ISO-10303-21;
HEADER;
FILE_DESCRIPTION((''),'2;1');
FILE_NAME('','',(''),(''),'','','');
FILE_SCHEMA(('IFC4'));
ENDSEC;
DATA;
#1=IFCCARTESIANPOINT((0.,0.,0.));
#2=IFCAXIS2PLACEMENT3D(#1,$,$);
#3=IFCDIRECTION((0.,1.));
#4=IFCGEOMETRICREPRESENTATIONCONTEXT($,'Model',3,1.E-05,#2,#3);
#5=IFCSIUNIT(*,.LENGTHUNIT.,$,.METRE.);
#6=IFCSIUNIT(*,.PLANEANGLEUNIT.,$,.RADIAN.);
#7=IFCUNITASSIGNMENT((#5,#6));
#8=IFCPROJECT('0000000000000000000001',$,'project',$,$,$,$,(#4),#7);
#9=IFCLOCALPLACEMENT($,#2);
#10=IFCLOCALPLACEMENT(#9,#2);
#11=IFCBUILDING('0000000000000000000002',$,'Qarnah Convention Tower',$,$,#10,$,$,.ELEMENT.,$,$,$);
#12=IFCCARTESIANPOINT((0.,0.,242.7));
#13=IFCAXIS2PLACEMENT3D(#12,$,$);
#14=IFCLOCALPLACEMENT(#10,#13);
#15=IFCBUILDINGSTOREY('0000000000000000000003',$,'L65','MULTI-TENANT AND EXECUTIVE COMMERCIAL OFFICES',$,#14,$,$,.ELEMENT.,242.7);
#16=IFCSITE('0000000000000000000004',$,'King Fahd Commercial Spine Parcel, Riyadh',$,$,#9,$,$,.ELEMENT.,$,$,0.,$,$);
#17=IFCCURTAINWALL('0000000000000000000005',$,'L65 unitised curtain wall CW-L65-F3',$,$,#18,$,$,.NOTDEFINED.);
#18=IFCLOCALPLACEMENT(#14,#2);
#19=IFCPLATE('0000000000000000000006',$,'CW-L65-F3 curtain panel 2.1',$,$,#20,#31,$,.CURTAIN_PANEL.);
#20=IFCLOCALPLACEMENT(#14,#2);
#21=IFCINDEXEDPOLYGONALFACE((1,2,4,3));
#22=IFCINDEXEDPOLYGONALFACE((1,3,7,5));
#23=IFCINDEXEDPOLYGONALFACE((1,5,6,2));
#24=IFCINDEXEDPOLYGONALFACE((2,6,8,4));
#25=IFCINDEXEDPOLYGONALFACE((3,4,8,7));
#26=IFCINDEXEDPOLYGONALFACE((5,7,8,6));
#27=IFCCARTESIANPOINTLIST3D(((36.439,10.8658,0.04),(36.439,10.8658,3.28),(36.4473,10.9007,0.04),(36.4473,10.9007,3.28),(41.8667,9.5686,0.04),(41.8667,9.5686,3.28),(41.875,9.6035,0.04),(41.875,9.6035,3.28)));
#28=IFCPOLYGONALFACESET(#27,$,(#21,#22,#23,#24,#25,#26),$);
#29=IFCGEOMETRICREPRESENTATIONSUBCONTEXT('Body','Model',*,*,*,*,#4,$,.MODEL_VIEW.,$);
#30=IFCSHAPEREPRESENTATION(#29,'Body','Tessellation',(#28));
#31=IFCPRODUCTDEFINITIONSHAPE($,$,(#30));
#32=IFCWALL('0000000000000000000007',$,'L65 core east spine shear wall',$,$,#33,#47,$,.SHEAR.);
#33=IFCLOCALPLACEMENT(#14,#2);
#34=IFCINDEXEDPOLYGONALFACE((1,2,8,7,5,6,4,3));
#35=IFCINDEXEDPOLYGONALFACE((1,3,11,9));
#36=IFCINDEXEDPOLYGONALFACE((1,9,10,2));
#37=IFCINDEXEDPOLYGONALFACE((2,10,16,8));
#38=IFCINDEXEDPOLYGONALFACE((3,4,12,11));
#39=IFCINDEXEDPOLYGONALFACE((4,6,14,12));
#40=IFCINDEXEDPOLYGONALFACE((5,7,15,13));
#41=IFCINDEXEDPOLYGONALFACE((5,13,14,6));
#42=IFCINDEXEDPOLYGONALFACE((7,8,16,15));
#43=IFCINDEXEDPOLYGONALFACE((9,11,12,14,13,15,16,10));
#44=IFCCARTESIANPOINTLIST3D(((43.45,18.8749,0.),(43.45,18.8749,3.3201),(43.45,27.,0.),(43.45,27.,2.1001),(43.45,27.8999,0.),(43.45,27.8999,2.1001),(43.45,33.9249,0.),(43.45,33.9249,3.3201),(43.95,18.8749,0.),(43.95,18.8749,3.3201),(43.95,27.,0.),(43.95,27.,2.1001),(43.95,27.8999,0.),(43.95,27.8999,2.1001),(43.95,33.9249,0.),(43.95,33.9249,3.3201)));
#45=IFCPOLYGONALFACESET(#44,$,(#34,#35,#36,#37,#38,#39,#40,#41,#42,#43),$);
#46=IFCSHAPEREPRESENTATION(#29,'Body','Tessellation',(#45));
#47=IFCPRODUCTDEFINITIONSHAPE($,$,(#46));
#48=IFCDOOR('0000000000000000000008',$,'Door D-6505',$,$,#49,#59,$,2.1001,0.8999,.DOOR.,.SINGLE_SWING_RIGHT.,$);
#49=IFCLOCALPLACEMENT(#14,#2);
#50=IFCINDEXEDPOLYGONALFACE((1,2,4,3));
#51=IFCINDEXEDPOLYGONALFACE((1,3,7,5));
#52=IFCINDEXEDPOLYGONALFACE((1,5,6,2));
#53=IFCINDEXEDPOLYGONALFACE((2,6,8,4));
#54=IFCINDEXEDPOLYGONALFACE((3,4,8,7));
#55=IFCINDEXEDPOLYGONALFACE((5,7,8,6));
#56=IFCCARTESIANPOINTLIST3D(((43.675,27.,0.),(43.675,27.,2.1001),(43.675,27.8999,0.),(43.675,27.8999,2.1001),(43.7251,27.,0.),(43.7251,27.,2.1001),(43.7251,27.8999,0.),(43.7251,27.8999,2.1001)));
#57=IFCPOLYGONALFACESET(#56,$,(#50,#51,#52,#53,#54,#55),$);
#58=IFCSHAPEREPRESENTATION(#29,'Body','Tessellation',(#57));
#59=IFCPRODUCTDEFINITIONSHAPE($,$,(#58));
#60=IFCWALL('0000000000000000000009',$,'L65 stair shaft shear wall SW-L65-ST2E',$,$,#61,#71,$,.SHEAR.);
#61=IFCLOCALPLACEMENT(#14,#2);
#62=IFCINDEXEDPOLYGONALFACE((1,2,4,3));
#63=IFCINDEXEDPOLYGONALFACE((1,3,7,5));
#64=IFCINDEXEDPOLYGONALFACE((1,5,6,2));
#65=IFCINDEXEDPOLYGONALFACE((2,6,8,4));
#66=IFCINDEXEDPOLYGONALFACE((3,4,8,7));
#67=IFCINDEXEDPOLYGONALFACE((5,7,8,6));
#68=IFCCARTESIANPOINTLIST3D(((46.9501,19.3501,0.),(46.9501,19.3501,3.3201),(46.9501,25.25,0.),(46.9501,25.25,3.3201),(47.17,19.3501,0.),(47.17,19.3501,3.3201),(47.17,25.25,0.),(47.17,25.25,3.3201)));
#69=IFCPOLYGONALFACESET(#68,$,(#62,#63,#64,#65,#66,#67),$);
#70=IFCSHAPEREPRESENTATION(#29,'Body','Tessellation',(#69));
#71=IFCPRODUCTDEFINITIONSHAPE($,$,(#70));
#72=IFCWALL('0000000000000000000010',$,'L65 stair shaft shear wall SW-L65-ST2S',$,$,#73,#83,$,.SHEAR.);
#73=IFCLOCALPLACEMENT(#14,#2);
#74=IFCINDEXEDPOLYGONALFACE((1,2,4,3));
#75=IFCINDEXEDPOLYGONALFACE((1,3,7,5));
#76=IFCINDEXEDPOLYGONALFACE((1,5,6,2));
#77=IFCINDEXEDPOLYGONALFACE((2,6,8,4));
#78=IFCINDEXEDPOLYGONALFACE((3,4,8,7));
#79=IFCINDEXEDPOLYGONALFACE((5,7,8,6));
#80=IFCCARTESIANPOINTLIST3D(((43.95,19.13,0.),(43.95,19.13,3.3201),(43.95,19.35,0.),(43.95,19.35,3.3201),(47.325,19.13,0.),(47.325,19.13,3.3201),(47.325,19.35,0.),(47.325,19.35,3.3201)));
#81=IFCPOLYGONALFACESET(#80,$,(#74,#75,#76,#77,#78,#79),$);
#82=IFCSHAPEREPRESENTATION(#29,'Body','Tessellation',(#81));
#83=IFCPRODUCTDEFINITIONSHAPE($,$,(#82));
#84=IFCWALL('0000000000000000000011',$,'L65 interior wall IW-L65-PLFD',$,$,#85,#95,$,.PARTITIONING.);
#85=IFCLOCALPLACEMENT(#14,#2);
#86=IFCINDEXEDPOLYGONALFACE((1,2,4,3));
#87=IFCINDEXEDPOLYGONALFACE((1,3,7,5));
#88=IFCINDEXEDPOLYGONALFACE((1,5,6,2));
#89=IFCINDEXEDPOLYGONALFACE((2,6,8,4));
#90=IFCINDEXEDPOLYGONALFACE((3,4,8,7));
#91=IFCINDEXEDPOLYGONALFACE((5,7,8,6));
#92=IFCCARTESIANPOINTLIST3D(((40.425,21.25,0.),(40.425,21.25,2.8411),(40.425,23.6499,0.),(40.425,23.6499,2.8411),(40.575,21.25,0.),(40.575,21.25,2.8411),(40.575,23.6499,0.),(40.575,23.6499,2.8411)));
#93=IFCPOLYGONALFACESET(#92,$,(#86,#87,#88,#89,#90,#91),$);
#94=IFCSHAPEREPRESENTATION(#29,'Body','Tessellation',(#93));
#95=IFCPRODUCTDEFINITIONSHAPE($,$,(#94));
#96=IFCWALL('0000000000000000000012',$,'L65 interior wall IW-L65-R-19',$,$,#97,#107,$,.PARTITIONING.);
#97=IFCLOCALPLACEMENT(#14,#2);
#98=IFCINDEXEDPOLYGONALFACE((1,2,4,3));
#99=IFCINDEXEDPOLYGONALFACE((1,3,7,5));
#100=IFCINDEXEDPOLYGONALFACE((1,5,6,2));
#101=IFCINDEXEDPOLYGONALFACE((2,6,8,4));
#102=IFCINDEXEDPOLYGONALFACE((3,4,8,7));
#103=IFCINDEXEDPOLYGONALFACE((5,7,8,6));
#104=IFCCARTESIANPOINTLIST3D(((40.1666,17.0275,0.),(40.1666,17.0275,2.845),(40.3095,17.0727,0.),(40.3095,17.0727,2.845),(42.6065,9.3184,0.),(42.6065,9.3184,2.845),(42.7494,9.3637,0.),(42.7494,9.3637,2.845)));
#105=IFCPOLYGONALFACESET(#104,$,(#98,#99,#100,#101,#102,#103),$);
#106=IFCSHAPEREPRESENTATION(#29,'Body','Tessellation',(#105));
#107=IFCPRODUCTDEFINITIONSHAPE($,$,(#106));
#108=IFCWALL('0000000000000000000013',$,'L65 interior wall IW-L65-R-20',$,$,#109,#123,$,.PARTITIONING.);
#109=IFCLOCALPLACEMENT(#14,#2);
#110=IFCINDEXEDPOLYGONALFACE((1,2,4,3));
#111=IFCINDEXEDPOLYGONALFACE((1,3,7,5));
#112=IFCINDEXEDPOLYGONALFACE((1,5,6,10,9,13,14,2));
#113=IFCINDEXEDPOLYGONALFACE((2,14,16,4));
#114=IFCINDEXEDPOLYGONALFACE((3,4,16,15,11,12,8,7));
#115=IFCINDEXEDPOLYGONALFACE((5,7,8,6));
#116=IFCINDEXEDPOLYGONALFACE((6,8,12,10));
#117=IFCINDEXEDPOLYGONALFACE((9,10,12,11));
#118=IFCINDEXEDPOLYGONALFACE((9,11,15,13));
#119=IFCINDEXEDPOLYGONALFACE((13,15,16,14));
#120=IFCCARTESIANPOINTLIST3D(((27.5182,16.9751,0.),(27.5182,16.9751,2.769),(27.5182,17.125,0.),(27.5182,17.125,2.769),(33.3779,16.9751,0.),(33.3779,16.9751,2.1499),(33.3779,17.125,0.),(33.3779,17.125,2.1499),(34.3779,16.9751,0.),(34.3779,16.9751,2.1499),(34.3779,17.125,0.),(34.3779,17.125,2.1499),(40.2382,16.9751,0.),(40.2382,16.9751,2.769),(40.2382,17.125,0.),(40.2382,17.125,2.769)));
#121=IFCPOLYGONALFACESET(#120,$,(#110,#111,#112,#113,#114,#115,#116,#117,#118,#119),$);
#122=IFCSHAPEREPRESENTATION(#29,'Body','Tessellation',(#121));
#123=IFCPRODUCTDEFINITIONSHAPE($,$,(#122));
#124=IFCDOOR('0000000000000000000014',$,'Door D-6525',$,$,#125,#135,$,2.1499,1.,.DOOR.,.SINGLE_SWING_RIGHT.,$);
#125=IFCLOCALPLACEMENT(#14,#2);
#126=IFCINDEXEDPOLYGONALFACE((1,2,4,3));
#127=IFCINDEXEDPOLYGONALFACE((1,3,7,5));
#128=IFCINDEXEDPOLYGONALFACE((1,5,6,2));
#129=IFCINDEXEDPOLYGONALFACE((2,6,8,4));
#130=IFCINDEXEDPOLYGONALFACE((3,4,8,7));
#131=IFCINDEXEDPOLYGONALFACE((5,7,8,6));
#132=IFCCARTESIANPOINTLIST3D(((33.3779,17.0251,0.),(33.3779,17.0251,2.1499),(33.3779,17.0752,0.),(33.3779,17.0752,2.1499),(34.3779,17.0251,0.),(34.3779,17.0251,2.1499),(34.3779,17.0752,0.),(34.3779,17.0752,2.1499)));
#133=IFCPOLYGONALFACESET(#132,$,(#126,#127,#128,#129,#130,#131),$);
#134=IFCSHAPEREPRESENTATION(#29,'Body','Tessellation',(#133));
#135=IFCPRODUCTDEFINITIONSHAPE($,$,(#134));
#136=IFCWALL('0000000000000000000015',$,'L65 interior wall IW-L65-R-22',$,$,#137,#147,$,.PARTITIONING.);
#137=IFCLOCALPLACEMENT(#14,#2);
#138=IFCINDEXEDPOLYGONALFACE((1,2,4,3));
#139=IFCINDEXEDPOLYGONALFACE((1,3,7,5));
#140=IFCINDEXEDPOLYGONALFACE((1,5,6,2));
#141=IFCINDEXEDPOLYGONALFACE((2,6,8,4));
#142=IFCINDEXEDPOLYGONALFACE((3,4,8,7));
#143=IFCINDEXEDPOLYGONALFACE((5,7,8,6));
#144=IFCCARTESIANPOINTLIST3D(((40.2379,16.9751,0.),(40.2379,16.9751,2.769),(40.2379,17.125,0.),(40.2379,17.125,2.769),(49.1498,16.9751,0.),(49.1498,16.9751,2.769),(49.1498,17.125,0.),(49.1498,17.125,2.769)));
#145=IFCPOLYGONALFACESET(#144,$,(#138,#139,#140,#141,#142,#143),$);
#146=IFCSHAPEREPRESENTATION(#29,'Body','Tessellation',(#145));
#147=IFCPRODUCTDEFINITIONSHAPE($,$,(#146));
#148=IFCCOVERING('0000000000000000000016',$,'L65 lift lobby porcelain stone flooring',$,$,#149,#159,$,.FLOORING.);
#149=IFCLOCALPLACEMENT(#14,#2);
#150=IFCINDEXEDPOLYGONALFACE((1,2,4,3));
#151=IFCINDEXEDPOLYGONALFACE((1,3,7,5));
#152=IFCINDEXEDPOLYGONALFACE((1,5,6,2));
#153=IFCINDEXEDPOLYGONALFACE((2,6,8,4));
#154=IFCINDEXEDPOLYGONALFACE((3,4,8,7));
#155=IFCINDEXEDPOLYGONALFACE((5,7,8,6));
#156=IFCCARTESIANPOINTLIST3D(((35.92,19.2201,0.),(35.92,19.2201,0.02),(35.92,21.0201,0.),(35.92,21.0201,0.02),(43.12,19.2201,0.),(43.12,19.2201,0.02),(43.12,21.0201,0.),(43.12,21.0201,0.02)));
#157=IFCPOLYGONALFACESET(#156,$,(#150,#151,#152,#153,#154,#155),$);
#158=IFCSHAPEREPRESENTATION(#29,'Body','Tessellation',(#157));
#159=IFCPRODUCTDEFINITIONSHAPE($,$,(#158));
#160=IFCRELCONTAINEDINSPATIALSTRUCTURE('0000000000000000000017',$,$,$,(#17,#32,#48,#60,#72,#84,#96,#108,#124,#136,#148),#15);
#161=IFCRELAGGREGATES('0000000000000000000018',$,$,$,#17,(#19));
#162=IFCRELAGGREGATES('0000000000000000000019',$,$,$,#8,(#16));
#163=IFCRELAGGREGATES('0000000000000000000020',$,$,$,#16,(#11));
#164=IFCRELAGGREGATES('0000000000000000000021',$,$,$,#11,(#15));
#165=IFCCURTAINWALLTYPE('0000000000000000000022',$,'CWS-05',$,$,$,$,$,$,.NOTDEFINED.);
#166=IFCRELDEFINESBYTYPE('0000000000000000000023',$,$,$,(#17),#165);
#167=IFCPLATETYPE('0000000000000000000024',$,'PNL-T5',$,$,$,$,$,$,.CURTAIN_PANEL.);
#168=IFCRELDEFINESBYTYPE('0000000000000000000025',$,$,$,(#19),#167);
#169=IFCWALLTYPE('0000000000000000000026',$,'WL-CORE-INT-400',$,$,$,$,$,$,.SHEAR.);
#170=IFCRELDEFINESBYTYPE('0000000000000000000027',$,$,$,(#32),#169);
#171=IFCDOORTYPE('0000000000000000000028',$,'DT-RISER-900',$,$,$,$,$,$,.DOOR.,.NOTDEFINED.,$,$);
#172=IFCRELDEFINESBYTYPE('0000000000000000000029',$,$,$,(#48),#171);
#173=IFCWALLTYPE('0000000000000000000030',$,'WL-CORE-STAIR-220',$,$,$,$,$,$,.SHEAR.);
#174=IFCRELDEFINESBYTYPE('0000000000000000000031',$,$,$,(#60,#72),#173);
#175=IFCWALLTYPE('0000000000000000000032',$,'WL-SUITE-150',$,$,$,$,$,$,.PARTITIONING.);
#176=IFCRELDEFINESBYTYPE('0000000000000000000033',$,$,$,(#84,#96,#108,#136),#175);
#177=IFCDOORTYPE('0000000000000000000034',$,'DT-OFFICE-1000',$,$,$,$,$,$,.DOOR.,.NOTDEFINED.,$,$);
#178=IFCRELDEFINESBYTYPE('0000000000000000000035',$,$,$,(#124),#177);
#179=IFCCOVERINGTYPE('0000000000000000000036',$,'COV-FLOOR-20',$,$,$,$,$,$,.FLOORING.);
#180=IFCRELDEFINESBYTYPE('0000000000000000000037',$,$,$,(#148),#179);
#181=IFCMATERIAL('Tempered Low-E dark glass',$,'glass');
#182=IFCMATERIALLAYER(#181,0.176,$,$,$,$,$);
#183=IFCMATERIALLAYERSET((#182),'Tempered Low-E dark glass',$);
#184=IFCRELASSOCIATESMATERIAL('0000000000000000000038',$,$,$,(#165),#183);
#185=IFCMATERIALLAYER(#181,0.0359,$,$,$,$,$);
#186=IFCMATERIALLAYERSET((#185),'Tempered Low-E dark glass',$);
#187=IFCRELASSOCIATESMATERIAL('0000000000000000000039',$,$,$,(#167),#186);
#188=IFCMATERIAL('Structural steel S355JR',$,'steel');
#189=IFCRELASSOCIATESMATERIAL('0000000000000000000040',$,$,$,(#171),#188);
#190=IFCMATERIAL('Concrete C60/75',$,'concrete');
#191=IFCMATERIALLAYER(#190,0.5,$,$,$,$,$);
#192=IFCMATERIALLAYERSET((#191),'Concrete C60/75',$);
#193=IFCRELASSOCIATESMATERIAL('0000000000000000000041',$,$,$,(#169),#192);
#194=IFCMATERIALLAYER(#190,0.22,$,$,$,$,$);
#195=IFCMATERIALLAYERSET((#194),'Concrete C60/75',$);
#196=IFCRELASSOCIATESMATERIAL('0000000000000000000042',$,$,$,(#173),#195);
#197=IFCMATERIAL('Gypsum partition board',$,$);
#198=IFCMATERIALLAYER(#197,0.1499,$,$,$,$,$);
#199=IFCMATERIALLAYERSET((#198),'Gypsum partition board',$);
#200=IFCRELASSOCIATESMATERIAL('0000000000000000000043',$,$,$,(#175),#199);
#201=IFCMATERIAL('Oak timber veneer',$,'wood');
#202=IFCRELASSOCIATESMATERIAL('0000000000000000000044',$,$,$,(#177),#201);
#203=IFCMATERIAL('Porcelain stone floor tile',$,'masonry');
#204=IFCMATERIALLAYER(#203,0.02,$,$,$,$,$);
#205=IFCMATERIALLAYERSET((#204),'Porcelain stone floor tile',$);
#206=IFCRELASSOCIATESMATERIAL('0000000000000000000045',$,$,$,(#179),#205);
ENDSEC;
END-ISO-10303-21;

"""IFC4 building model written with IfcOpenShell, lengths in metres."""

from ifc_helpers import new_model, si_unit, direction, frame, frame_2d, origin, origin_2d, place, context, subcontext, project, spatial, rectangle, extrude, material, layer, layer_set, type_object, element, fill, aggregate, save


model = new_model("IFC4")

# Units and contexts
model_context = context("Model", 3, precision=1e-05, world=origin(), true_north=direction((0.0, 1.0)))
body_context = subcontext(model_context, "Body", "Model", "MODEL_VIEW")
ifc_project = project(units=[si_unit("LENGTHUNIT", "METRE"), si_unit("PLANEANGLEUNIT", "RADIAN")], contexts=[model_context])

# Site, building, storey
site_placement = place(None, origin())
site = spatial("IfcSite", under=ifc_project, at=site_placement, Name="King Fahd Commercial Spine Parcel, Riyadh", CompositionType="ELEMENT", RefElevation=0.0)
building_placement = place(site_placement, origin())
building = spatial("IfcBuilding", under=site, at=building_placement, Name="Qarnah Convention Tower", CompositionType="ELEMENT")
storey_placement = place(building_placement, frame((0.0, 0.0, 242.7)))
storey = spatial("IfcBuildingStorey", under=building, at=storey_placement, Name="L65", Description="MULTI-TENANT AND EXECUTIVE COMMERCIAL OFFICES", CompositionType="ELEMENT", Elevation=242.7)

# Shared definitions
ifc_material_1 = material(Name="Structural steel S355JR", Category="steel")

# Shared definitions
ifc_material_2 = material(Name="Tempered Low-E dark glass", Category="glass")
ifc_layer_1 = layer(ifc_material_2, 0.176)
ifc_layer_set_1 = layer_set([ifc_layer_1], Name="Tempered Low-E dark glass")
curtain_wall_type = type_object("IfcCurtainWallType", Name="CWS-05", PredefinedType="NOTDEFINED", material=ifc_layer_set_1)

# Curtain wall
curtain_wall_1_placement = place(storey_placement, origin())
curtain_wall_1 = element("IfcCurtainWall", 1, at=curtain_wall_1_placement, inside=storey, type_object=curtain_wall_type, Name="L65 unitised curtain wall CW-L65-F3", PredefinedType="NOTDEFINED")

# Plate
ifc_layer_2 = layer(ifc_material_2, 0.0359)
ifc_layer_set_2 = layer_set([ifc_layer_2], Name="Tempered Low-E dark glass")
plate_type = type_object("IfcPlateType", Name="PNL-T5", PredefinedType="CURTAIN_PANEL", material=ifc_layer_set_2)
plate_1_placement = place(storey_placement, frame((39.157, 10.2346, 0.04), z_axis=(0.0, 0.0, 1.0), x_axis=(-0.972607, 0.232455, 0.0)))
plate_1 = element("IfcPlate", 2, at=plate_1_placement, type_object=plate_type, Name="CW-L65-F3 curtain panel 2.1", PredefinedType="CURTAIN_PANEL", context=body_context, shape_type="SweptSolid", body=[
    extrude(rectangle(XDim=5.5806, YDim=0.0359, at=origin_2d()), origin(), (0.0, 0.0, 1.0), 3.24),
])
aggregate(curtain_wall_1, [plate_1])

# Shared definitions
ifc_material_3 = material(Name="Concrete C60/75", Category="concrete")
door_type_1 = type_object("IfcDoorType", Name="DT-RISER-900", OperationType="NOTDEFINED", PredefinedType="DOOR", material=ifc_material_1)

# Wall, opening, door
ifc_layer_3 = layer(ifc_material_3, 0.5)
ifc_layer_set_3 = layer_set([ifc_layer_3], Name="Concrete C60/75")
wall_type_1 = type_object("IfcWallType", Name="WL-CORE-INT-400", PredefinedType="SHEAR", material=ifc_layer_set_3)
wall_1_placement = place(storey_placement, frame((43.7, 18.875, 0.0), z_axis=(0.0, 0.0, 1.0), x_axis=(0.0, 1.0, 0.0)))
wall_1 = element("IfcWall", 3, at=wall_1_placement, inside=storey, type_object=wall_type_1, Name="L65 core east spine shear wall", PredefinedType="SHEAR", context=body_context, shape_type="SweptSolid", body=[
    extrude(rectangle(XDim=15.05, YDim=0.5, at=frame_2d((7.5249, 0.0))), origin(), (0.0, 0.0, 1.0), 3.3201),
])
opening_1_placement = place(wall_1_placement, frame((8.125, 0.0, 0.0)))
opening_1 = element("IfcOpeningElement", 4, at=opening_1_placement, cuts=wall_1, PredefinedType="OPENING", context=body_context, shape_type="SweptSolid", body=[
    extrude(rectangle(XDim=0.8999, YDim=2.1001, at=frame_2d((0.45, 1.05))), frame((0.0, 0.26, 0.0), z_axis=(0.0, -1.0, 0.0), x_axis=(1.0, 0.0, 0.0)), (0.0, 0.0, 1.0), 0.52),
])
door_1_placement = place(opening_1_placement, origin())
door_1 = element("IfcDoor", 5, at=door_1_placement, inside=storey, type_object=door_type_1, Name="Door D-6505", OperationType="SINGLE_SWING_RIGHT", OverallHeight=2.1001, OverallWidth=0.8999, PredefinedType="DOOR", context=body_context, shape_type="SweptSolid", body=[
    extrude(rectangle(XDim=0.8999, YDim=2.1001, at=frame_2d((0.45, 1.05))), frame((0.0, 0.0249, 0.0), z_axis=(0.0, -1.0, 0.0), x_axis=(1.0, 0.0, 0.0)), (0.0, 0.0, 1.0), 0.05),
])
fill(opening_1, door_1)

# Walls
ifc_layer_4 = layer(ifc_material_3, 0.22)
ifc_layer_set_4 = layer_set([ifc_layer_4], Name="Concrete C60/75")
wall_type_2 = type_object("IfcWallType", Name="WL-CORE-STAIR-220", PredefinedType="SHEAR", material=ifc_layer_set_4)
wall_2_placement = place(storey_placement, frame((47.0601, 19.3501, 0.0), z_axis=(0.0, 0.0, 1.0), x_axis=(0.0, 1.0, 0.0)))
element("IfcWall", 6, at=wall_2_placement, inside=storey, type_object=wall_type_2, Name="L65 stair shaft shear wall SW-L65-ST2E", PredefinedType="SHEAR", context=body_context, shape_type="SweptSolid", body=[
    extrude(rectangle(XDim=5.8999, YDim=0.22, at=frame_2d((2.95, 0.0))), origin(), (0.0, 0.0, 1.0), 3.3201),
])
wall_3_placement = place(storey_placement, frame((43.95, 19.24, 0.0), z_axis=(0.0, 0.0, 1.0), x_axis=(1.0, 0.0, 0.0)))
element("IfcWall", 7, at=wall_3_placement, inside=storey, type_object=wall_type_2, Name="L65 stair shaft shear wall SW-L65-ST2S", PredefinedType="SHEAR", context=body_context, shape_type="SweptSolid", body=[
    extrude(rectangle(XDim=3.375, YDim=0.22, at=frame_2d((1.6875, 0.0))), origin(), (0.0, 0.0, 1.0), 3.3201),
])

# Walls
ifc_material_4 = material(Name="Gypsum partition board")
ifc_layer_5 = layer(ifc_material_4, 0.1499)
ifc_layer_set_5 = layer_set([ifc_layer_5], Name="Gypsum partition board")
wall_type_3 = type_object("IfcWallType", Name="WL-SUITE-150", PredefinedType="PARTITIONING", material=ifc_layer_set_5)
wall_4_placement = place(storey_placement, frame((40.5, 21.25, 0.0), z_axis=(0.0, 0.0, 1.0), x_axis=(0.0, 1.0, 0.0)))
element("IfcWall", 8, at=wall_4_placement, inside=storey, type_object=wall_type_3, Name="L65 interior wall IW-L65-PLFD", PredefinedType="PARTITIONING", context=body_context, shape_type="SweptSolid", body=[
    extrude(rectangle(XDim=2.3999, YDim=0.1499, at=frame_2d((1.2, 0.0))), origin(), (0.0, 0.0, 1.0), 2.8411),
])
wall_5_placement = place(storey_placement, frame((42.678, 9.3411, 0.0), z_axis=(0.0, 0.0, 1.0), x_axis=(-0.301753, 0.953386, 0.0)))
element("IfcWall", 9, at=wall_5_placement, inside=storey, type_object=wall_type_3, Name="L65 interior wall IW-L65-R-19", PredefinedType="PARTITIONING", context=body_context, shape_type="SweptSolid", body=[
    extrude(rectangle(XDim=8.0859, YDim=0.1499, at=frame_2d((4.043, 0.0))), origin(), (0.0, 0.0, 1.0), 2.845),
])

# Wall, opening, door
wall_6_placement = place(storey_placement, frame((40.238, 17.05, 0.0), z_axis=(0.0, 0.0, 1.0), x_axis=(-1.0, 0.0, 0.0)))
wall_6 = element("IfcWall", 10, at=wall_6_placement, inside=storey, type_object=wall_type_3, Name="L65 interior wall IW-L65-R-20", PredefinedType="PARTITIONING", context=body_context, shape_type="SweptSolid", body=[
    extrude(rectangle(XDim=12.72, YDim=0.1499, at=frame_2d((6.3599, 0.0))), origin(), (0.0, 0.0, 1.0), 2.769),
])
opening_2_placement = place(wall_6_placement, frame((5.8601, 0.0, 0.0)))
opening_2 = element("IfcOpeningElement", 11, at=opening_2_placement, cuts=wall_6, PredefinedType="OPENING", context=body_context, shape_type="SweptSolid", body=[
    extrude(rectangle(XDim=1.0, YDim=2.1499, at=frame_2d((0.5, 1.075))), frame((0.0, 0.085, 0.0), z_axis=(0.0, -1.0, 0.0), x_axis=(1.0, 0.0, 0.0)), (0.0, 0.0, 1.0), 0.1699),
])
ifc_material_5 = material(Name="Oak timber veneer", Category="wood")
door_type_2 = type_object("IfcDoorType", Name="DT-OFFICE-1000", OperationType="NOTDEFINED", PredefinedType="DOOR", material=ifc_material_5)
door_2_placement = place(opening_2_placement, origin())
door_2 = element("IfcDoor", 12, at=door_2_placement, inside=storey, type_object=door_type_2, Name="Door D-6525", OperationType="SINGLE_SWING_RIGHT", OverallHeight=2.1499, OverallWidth=1.0, PredefinedType="DOOR", context=body_context, shape_type="SweptSolid", body=[
    extrude(rectangle(XDim=1.0, YDim=2.1499, at=frame_2d((0.5, 1.075))), frame((0.0, 0.0249, 0.0), z_axis=(0.0, -1.0, 0.0), x_axis=(1.0, 0.0, 0.0)), (0.0, 0.0, 1.0), 0.05),
])
fill(opening_2, door_2)

# Wall
wall_7_placement = place(storey_placement, frame((49.1499, 17.05, 0.0), z_axis=(0.0, 0.0, 1.0), x_axis=(-1.0, 0.0, 0.0)))
element("IfcWall", 13, at=wall_7_placement, inside=storey, type_object=wall_type_3, Name="L65 interior wall IW-L65-R-22", PredefinedType="PARTITIONING", context=body_context, shape_type="SweptSolid", body=[
    extrude(rectangle(XDim=8.9119, YDim=0.1499, at=frame_2d((4.4561, 0.0))), origin(), (0.0, 0.0, 1.0), 2.769),
])

# Covering
ifc_material_6 = material(Name="Porcelain stone floor tile", Category="masonry")
ifc_layer_6 = layer(ifc_material_6, 0.02)
ifc_layer_set_6 = layer_set([ifc_layer_6], Name="Porcelain stone floor tile")
covering_type = type_object("IfcCoveringType", Name="COV-FLOOR-20", PredefinedType="FLOORING", material=ifc_layer_set_6)
covering_placement = place(storey_placement, frame((39.52, 20.1201, 0.0), z_axis=(0.0, 0.0, 1.0), x_axis=(1.0, 0.0, 0.0)))
element("IfcCovering", 14, at=covering_placement, inside=storey, type_object=covering_type, Name="L65 lift lobby porcelain stone flooring", PredefinedType="FLOORING", context=body_context, shape_type="SweptSolid", body=[
    extrude(rectangle(XDim=7.2, YDim=1.8, at=origin_2d()), origin(), (0.0, 0.0, 1.0), 0.02),
])

save(model, "model.ifc")
